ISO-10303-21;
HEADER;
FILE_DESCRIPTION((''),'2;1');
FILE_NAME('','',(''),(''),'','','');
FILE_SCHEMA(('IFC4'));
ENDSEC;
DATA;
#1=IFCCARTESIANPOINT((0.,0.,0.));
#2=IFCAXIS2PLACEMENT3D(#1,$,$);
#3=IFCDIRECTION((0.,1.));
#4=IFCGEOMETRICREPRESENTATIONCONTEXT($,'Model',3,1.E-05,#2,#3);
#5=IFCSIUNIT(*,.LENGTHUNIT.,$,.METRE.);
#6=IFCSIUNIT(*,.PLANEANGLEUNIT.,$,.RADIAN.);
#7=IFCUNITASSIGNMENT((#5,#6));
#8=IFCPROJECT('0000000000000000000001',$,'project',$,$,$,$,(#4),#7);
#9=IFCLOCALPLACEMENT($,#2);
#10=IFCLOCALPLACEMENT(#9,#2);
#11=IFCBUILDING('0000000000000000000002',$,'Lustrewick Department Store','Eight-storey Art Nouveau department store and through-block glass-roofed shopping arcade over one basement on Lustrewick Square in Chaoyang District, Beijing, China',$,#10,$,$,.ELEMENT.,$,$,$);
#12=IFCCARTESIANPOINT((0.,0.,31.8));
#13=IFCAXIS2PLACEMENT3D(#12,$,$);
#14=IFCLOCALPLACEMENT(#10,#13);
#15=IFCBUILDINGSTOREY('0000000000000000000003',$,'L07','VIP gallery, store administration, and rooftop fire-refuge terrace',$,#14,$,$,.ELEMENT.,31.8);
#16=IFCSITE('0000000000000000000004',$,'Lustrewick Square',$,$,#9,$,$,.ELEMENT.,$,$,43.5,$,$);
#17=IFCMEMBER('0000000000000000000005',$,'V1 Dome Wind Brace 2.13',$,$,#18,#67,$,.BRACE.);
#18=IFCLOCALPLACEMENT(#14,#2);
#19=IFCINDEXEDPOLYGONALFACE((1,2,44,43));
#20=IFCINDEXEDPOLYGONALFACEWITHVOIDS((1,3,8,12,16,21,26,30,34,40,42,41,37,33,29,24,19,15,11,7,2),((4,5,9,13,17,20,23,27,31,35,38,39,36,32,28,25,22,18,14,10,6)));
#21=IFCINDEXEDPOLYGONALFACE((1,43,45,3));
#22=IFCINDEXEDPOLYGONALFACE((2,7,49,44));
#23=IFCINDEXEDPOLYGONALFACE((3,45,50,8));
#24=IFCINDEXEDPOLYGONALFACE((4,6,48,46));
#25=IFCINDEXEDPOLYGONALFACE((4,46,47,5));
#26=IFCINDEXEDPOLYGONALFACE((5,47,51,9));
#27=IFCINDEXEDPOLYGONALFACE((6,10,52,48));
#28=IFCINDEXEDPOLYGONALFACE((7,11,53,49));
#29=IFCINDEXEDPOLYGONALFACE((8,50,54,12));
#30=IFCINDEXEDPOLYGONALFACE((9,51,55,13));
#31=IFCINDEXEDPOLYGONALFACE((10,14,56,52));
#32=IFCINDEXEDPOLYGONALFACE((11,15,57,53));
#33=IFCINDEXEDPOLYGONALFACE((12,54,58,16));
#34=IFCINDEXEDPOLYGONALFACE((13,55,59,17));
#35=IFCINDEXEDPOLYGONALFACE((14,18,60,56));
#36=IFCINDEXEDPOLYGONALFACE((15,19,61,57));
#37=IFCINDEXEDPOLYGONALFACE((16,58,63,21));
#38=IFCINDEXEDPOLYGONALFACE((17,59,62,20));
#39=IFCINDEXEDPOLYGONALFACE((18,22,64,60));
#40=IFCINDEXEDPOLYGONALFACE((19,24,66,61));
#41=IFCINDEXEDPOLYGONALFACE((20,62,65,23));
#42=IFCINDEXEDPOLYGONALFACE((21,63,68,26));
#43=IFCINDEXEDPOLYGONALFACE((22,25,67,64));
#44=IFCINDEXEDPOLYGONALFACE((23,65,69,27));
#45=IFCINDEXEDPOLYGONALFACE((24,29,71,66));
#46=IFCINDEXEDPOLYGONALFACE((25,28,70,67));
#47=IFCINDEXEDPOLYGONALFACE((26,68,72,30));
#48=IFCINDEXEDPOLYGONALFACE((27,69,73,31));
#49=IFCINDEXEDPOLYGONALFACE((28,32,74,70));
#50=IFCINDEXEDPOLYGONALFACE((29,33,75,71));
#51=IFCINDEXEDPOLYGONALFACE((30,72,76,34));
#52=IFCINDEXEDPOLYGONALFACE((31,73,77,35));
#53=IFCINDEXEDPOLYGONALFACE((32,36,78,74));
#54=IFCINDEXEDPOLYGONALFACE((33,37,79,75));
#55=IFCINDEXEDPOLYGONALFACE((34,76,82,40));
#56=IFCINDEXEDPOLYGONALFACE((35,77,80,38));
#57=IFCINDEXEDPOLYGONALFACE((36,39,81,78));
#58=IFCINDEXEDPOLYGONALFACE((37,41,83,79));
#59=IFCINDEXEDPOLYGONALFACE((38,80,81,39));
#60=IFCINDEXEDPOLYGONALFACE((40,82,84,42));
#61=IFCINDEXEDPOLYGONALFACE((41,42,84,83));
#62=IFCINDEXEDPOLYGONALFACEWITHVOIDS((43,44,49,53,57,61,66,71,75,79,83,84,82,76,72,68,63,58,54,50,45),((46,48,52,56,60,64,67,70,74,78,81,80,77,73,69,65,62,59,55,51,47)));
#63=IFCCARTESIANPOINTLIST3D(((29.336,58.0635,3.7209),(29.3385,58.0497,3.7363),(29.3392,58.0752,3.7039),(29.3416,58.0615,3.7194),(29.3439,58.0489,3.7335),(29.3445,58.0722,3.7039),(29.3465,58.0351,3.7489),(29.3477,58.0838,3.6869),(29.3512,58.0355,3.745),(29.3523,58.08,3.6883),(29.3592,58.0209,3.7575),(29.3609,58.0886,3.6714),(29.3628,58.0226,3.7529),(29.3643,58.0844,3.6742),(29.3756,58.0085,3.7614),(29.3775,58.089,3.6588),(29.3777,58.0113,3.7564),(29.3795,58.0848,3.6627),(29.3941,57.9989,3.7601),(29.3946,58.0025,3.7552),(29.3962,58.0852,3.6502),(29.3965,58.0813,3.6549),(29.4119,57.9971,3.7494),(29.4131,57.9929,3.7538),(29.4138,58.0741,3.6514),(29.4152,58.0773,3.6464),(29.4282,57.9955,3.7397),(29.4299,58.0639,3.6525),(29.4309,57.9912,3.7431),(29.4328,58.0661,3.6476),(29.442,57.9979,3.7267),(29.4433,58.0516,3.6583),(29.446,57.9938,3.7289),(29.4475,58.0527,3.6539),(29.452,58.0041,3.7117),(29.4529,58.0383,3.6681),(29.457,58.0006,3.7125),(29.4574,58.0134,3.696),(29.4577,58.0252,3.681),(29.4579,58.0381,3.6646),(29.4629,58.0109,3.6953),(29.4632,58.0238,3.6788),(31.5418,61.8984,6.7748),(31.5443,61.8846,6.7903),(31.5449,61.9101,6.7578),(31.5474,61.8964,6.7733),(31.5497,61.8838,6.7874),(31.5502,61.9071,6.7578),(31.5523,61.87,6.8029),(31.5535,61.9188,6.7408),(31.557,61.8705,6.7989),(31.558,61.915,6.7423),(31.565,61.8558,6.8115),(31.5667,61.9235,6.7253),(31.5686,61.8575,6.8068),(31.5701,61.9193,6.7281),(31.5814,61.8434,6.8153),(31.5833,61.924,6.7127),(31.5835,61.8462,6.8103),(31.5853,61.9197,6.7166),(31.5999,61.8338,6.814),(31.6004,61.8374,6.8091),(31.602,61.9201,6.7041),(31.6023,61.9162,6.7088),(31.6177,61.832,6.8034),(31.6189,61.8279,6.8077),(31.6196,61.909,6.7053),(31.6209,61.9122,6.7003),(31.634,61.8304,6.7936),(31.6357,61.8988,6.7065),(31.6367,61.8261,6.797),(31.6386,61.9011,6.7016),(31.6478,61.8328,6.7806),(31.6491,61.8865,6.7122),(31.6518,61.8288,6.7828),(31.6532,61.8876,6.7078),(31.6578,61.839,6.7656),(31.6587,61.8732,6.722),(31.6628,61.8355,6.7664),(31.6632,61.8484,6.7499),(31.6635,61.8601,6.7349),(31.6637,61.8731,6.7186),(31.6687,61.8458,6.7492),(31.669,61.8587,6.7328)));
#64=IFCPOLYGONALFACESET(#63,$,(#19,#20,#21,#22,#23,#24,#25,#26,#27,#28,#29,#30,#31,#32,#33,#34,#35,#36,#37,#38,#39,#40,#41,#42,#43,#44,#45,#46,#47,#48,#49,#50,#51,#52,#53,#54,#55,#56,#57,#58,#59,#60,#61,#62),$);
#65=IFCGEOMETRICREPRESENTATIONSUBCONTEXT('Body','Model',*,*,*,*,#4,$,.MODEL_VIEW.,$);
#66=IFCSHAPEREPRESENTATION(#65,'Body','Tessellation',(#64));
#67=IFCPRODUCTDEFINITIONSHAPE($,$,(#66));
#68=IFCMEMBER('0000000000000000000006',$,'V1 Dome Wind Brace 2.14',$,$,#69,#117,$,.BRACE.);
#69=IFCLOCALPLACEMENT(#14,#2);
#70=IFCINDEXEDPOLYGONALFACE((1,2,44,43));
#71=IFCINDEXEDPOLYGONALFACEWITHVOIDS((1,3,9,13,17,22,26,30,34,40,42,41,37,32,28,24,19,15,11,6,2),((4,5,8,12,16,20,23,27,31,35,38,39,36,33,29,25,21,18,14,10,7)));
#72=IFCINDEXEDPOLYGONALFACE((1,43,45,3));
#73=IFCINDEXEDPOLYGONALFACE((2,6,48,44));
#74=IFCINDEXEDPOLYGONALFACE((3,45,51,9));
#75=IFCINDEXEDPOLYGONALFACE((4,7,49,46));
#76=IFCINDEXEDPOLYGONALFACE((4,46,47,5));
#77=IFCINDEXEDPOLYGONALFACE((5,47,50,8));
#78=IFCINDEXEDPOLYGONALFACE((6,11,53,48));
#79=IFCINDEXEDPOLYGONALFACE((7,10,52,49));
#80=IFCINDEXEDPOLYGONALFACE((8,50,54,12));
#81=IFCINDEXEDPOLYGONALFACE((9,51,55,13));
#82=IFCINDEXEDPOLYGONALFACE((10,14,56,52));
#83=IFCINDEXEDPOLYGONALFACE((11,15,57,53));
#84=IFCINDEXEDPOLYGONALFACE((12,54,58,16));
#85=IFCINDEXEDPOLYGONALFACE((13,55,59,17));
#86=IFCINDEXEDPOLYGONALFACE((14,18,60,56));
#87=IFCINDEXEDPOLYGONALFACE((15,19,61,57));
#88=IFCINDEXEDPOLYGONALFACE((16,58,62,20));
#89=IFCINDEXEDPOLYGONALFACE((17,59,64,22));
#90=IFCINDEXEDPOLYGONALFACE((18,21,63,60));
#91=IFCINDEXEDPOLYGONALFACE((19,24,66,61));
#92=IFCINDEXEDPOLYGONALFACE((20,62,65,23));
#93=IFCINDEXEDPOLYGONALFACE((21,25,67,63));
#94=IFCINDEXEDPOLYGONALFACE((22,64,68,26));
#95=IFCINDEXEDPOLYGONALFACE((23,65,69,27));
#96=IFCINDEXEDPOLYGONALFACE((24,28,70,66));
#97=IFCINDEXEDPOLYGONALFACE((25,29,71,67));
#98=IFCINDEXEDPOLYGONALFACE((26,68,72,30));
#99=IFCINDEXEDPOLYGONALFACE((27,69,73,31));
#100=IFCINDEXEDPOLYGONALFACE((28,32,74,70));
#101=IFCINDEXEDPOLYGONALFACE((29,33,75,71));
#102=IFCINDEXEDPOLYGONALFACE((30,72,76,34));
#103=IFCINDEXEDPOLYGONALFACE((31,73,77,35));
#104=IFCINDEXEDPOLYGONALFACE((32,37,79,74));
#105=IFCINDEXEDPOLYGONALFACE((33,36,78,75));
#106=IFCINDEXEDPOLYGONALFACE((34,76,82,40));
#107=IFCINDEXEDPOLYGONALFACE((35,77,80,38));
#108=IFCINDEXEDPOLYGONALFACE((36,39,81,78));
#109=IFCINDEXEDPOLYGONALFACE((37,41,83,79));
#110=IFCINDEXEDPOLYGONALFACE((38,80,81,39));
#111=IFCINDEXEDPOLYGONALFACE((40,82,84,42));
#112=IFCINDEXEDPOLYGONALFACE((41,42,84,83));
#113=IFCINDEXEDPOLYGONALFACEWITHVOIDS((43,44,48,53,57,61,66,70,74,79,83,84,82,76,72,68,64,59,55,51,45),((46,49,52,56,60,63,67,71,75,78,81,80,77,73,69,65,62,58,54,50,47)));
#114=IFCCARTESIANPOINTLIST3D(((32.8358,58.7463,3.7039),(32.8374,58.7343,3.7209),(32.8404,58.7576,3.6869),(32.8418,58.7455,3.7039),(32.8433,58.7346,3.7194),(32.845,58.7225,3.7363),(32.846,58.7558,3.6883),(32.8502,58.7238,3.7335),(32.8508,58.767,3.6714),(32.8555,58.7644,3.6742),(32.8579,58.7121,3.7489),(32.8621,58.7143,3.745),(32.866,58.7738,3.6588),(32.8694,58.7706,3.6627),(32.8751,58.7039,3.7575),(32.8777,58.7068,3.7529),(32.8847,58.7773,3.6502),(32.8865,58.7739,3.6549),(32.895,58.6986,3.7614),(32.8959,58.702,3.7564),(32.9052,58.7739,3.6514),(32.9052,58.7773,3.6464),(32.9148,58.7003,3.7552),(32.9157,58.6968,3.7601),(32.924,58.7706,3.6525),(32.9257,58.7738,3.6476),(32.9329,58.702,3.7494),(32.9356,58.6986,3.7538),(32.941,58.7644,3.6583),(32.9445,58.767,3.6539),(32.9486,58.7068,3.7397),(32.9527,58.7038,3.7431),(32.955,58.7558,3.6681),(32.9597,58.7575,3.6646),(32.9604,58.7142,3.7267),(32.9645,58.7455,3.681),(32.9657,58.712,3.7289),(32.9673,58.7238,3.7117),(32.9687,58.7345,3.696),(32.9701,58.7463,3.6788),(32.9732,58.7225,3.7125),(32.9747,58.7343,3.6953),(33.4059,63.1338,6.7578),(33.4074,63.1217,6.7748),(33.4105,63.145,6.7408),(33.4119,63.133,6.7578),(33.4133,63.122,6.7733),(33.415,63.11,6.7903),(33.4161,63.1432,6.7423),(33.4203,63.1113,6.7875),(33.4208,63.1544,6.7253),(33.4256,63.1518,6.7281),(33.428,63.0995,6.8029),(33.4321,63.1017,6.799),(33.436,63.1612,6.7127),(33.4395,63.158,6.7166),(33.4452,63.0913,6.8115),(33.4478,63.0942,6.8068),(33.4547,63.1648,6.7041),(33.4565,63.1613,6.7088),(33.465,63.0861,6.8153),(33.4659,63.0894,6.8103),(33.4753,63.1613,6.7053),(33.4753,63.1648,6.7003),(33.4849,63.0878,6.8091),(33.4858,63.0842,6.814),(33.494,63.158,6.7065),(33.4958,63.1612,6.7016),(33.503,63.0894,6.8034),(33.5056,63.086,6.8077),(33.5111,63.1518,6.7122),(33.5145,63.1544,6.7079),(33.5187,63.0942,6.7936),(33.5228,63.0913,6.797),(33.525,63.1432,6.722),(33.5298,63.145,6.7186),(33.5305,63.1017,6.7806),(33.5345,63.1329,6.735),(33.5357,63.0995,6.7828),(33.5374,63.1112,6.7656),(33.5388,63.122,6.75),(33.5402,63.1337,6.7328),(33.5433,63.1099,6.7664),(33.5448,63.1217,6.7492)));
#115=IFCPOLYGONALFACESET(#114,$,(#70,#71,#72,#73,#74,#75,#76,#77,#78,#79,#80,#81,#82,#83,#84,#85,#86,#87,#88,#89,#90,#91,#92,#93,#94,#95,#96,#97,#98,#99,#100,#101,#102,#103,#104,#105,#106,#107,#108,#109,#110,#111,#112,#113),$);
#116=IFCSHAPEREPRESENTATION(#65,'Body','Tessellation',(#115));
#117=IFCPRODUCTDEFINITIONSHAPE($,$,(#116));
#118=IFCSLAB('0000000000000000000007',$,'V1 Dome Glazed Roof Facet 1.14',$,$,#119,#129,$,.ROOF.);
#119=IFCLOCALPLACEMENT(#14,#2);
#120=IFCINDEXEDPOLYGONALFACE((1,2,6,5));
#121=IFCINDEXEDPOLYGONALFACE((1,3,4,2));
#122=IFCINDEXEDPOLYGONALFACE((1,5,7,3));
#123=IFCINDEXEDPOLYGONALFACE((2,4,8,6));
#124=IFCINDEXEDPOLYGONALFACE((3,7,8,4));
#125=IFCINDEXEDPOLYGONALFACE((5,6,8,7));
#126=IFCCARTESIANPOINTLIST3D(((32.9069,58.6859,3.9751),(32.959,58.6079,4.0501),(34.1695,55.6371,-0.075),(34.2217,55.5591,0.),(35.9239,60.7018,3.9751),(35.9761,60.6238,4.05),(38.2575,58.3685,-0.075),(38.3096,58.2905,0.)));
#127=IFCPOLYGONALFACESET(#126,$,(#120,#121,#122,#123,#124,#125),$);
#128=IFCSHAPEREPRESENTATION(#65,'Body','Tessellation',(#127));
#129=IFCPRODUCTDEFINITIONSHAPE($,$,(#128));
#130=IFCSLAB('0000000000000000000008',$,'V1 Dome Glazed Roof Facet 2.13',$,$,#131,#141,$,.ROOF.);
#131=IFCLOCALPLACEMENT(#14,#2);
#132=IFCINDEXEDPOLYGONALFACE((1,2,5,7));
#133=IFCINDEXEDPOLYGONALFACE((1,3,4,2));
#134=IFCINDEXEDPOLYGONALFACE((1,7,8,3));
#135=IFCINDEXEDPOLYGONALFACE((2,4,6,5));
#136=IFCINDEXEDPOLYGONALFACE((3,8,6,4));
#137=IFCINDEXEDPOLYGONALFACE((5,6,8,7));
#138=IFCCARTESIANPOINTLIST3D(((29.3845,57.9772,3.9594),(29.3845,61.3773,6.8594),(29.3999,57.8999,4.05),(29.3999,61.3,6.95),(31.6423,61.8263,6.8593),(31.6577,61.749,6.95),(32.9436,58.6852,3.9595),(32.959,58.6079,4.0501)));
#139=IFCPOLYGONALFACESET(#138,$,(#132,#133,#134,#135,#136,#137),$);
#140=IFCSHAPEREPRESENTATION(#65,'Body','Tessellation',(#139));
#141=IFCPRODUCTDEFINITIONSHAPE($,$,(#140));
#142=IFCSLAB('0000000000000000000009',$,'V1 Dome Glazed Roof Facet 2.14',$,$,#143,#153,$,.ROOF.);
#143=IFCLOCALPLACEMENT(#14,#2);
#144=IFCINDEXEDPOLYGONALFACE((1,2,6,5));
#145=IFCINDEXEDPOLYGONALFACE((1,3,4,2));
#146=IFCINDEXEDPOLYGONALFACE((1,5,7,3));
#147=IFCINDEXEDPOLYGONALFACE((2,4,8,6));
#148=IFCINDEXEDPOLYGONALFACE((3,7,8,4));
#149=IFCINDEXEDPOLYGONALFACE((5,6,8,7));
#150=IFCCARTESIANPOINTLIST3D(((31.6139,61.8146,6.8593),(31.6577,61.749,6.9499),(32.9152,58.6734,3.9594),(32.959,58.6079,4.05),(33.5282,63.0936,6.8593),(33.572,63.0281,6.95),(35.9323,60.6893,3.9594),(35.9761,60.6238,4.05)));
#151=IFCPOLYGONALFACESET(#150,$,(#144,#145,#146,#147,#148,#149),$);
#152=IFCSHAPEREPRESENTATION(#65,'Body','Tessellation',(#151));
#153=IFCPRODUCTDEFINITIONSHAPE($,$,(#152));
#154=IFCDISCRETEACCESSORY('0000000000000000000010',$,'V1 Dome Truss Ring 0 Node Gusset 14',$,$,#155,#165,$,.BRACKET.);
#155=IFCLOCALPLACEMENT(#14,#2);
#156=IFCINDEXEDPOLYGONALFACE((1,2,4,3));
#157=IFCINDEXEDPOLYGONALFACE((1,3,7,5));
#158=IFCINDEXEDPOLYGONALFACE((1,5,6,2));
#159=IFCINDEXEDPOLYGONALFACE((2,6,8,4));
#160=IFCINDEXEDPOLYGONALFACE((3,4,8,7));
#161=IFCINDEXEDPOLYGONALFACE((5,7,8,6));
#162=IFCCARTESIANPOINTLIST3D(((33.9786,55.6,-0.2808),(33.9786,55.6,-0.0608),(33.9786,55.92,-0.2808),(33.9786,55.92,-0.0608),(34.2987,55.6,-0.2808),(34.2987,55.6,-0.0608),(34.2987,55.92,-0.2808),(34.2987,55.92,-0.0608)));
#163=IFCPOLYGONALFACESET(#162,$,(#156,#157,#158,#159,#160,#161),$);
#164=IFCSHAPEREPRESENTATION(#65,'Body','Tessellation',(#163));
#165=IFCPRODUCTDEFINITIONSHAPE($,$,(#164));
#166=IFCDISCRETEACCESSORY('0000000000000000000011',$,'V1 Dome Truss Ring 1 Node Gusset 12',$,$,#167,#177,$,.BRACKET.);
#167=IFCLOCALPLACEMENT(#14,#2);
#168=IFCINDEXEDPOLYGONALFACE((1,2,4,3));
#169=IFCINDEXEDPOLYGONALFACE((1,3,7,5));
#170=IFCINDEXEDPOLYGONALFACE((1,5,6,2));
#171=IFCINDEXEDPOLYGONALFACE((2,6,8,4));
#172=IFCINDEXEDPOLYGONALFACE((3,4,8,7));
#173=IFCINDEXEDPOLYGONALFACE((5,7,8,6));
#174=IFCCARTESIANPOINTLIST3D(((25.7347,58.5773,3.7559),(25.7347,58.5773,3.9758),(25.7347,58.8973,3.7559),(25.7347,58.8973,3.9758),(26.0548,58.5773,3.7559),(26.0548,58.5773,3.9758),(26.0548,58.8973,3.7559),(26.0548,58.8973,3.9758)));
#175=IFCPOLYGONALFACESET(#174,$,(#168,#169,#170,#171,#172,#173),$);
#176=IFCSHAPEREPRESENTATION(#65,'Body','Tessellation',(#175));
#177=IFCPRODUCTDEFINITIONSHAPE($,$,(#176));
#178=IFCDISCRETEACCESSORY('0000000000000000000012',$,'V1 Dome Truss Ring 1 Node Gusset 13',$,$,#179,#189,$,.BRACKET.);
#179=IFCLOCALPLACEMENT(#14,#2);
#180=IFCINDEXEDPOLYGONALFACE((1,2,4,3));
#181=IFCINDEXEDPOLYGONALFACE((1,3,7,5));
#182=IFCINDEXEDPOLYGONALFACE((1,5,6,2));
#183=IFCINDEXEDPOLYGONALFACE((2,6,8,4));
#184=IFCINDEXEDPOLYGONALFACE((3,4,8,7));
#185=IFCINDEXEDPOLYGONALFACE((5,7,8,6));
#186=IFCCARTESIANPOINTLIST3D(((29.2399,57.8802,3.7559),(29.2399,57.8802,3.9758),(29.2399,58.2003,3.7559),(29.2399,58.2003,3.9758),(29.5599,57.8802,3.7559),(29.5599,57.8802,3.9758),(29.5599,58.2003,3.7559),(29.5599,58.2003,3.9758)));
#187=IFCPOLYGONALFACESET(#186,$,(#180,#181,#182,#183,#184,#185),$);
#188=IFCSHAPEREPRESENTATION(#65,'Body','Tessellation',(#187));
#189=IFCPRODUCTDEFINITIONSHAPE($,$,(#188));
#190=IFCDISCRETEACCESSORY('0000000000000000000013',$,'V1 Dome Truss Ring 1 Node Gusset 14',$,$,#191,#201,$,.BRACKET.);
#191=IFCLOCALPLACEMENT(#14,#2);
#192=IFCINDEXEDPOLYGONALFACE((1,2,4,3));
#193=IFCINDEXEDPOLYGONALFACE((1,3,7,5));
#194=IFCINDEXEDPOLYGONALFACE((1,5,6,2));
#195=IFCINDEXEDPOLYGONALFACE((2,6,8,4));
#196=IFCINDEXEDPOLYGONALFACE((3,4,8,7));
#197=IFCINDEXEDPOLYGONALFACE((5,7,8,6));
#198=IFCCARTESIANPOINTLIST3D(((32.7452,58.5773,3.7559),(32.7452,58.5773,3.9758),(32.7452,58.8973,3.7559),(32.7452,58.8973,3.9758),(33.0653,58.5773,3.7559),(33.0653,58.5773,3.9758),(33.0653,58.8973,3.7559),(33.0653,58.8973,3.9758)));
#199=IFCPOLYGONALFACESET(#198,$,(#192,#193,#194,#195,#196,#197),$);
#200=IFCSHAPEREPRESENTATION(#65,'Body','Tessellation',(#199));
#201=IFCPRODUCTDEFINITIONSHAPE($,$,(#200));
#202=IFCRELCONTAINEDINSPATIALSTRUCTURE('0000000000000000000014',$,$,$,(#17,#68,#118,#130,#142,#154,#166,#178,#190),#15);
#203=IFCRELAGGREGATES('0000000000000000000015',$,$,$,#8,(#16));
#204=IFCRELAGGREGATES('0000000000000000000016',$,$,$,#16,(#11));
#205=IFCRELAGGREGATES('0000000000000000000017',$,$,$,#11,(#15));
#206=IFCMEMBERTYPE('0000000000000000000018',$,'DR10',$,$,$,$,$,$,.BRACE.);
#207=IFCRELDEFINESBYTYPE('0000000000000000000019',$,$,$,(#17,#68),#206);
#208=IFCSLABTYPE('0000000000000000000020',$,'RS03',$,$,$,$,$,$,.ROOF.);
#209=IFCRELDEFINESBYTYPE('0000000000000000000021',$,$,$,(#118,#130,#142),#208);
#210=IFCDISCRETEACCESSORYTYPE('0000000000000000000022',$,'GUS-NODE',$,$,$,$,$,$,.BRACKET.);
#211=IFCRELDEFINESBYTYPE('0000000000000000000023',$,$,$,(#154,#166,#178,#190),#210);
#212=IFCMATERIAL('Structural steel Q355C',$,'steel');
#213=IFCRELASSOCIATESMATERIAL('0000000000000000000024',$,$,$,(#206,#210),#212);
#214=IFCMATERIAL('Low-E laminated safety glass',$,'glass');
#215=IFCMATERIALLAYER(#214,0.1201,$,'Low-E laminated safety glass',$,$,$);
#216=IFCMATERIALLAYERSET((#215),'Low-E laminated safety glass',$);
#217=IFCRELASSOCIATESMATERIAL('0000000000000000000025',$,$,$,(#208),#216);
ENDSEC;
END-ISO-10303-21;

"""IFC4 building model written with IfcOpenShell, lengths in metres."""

from ifc_helpers import new_model, si_unit, direction, frame, origin, origin_2d, place, context, subcontext, project, spatial, polyline, rectangle, hollow_circle, outline, extrude, material, layer, layer_set, material_profile, profile_set, type_object, element, save


model = new_model("IFC4")

# Units and contexts
model_context = context("Model", 3, precision=1e-05, world=origin(), true_north=direction((0.0, 1.0)))
body_context = subcontext(model_context, "Body", "Model", "MODEL_VIEW")
ifc_project = project(units=[si_unit("LENGTHUNIT", "METRE"), si_unit("PLANEANGLEUNIT", "RADIAN")], contexts=[model_context])

# Site, building, storey
site_placement = place(None, origin())
site = spatial("IfcSite", under=ifc_project, at=site_placement, Name="Lustrewick Square", CompositionType="ELEMENT", RefElevation=43.5)
building_placement = place(site_placement, origin())
building = spatial("IfcBuilding", under=site, at=building_placement, Name="Lustrewick Department Store", Description="Eight-storey Art Nouveau department store and through-block glass-roofed shopping arcade over one basement on Lustrewick Square in Chaoyang District, Beijing, China", CompositionType="ELEMENT")
storey_placement = place(building_placement, frame((0.0, 0.0, 31.8)))
storey = spatial("IfcBuildingStorey", under=building, at=storey_placement, Name="L07", Description="VIP gallery, store administration, and rooftop fire-refuge terrace", CompositionType="ELEMENT", Elevation=31.8)

# Members
ifc_material_1 = material(Name="Structural steel Q355C", Category="steel")
ifc_material_profile_1 = material_profile(ifc_material_1, hollow_circle(Radius=0.0701, WallThickness=0.0061, at=origin_2d()), Name="CHS 140x6")
ifc_profile_set_1 = profile_set([ifc_material_profile_1], Name="Structural steel Q355C")
member_type_1 = type_object("IfcMemberType", Name="DR10", PredefinedType="BRACE", material=ifc_profile_set_1)
member_1_placement = place(storey_placement, frame((29.3999, 58.0403, 3.7039), z_axis=(0.410323, 0.713376, 0.568094), x_axis=(-0.866837, 0.498591, 0.0)))
element("IfcMember", 1, at=member_1_placement, inside=storey, type_object=member_type_1, Name="V1 Dome Wind Brace 2.13", PredefinedType="BRACE", context=body_context, shape_type="SweptSolid", body=[
    extrude(hollow_circle(Radius=0.0701, WallThickness=0.0061, at=origin_2d()), origin(), (0.0, 0.0, 1.0), 5.3757),
])
member_2_placement = place(storey_placement, frame((32.9053, 58.7373, 3.7039), z_axis=(0.10604, 0.816119, 0.568072), x_axis=(-0.991664, 0.128848, 0.0)))
element("IfcMember", 2, at=member_2_placement, inside=storey, type_object=member_type_1, Name="V1 Dome Wind Brace 2.14", PredefinedType="BRACE", context=body_context, shape_type="SweptSolid", body=[
    extrude(hollow_circle(Radius=0.0701, WallThickness=0.0061, at=origin_2d()), origin(), (0.0, 0.0, 1.0), 5.376),
])

# Slabs
ifc_material_2 = material(Name="Low-E laminated safety glass", Category="glass")
ifc_layer = layer(ifc_material_2, 0.1201, Name="Low-E laminated safety glass")
ifc_layer_set = layer_set([ifc_layer], Name="Low-E laminated safety glass")
slab_type = type_object("IfcSlabType", Name="RS03", PredefinedType="ROOF", material=ifc_layer_set)
slab_1_placement = place(storey_placement, frame((34.2217, 55.5591, 0.0), z_axis=(0.434008, -0.64955, 0.624277), x_axis=(0.831472, 0.555566, 0.000004)))
element("IfcSlab", 3, at=slab_1_placement, inside=storey, type_object=slab_type, Name="V1 Dome Glazed Roof Facet 1.14", PredefinedType="ROOF", context=body_context, shape_type="SweptSolid", body=[
    extrude(outline(polyline([(0.0, 0.0), (4.9165, 0.0), (4.2725, 5.1844), (0.6439, 5.1844), (0.0, 0.0)])), origin(), (0.0, 0.0, -1.0), 0.1201),
])
slab_2_placement = place(storey_placement, frame((29.3999, 57.8999, 4.05), z_axis=(0.12801, -0.643591, 0.754589), x_axis=(0.980784, 0.195095, 0.000014)))
element("IfcSlab", 4, at=slab_2_placement, inside=storey, type_object=slab_type, Name="V1 Dome Glazed Roof Facet 2.13", PredefinedType="ROOF", context=body_context, shape_type="SweptSolid", body=[
    extrude(outline(polyline([(0.0, 0.0), (3.6288, 0.0), (2.9654, 4.4192), (0.6634, 4.4193), (0.0, 0.0)])), origin(), (0.0, 0.0, -1.0), 0.1201),
])
slab_3_placement = place(storey_placement, frame((32.959, 58.6079, 4.05), z_axis=(0.364555, -0.545617, 0.754588), x_axis=(0.83148, 0.555554, -0.000001)))
element("IfcSlab", 5, at=slab_3_placement, inside=storey, type_object=slab_type, Name="V1 Dome Glazed Roof Facet 2.14", PredefinedType="ROOF", context=body_context, shape_type="SweptSolid", body=[
    extrude(outline(polyline([(0.0, 0.0), (3.6286, 0.0), (2.9654, 4.4192), (0.6631, 4.4192), (0.0, 0.0)])), origin(), (0.0, 0.0, -1.0), 0.1201),
])

# Discrete accessories
discrete_accessory_type_1 = type_object("IfcDiscreteAccessoryType", Name="GUS-NODE", PredefinedType="BRACKET", material=ifc_material_1)
for number, where, z_axis, x_axis, name in (
    (6, (34.1387, 55.76, -0.2808), (0.0, 0.0, 1.0), (1.0, 0.0, 0.0), "V1 Dome Truss Ring 0 Node Gusset 14"),
    (7, (25.8948, 58.7373, 3.7559), (0.0, 0.0, 1.0), (1.0, 0.0, 0.0), "V1 Dome Truss Ring 1 Node Gusset 12"),
    (8, (29.3999, 58.0403, 3.7559), (0.0, 0.0, 1.0), (1.0, 0.0, 0.0), "V1 Dome Truss Ring 1 Node Gusset 13"),
    (9, (32.9053, 58.7373, 3.7559), (0.0, 0.0, 1.0), (1.0, 0.0, 0.0), "V1 Dome Truss Ring 1 Node Gusset 14"),
):
    element("IfcDiscreteAccessory", number, at=place(storey_placement, frame(where, z_axis=z_axis, x_axis=x_axis)), inside=storey, type_object=discrete_accessory_type_1, Name=name, PredefinedType="BRACKET", context=body_context, shape_type="SweptSolid", body=[
        extrude(rectangle(XDim=0.3201, YDim=0.3201, at=origin_2d()), origin(), (0.0, 0.0, 1.0), 0.22),
    ])

save(model, "model.ifc")
